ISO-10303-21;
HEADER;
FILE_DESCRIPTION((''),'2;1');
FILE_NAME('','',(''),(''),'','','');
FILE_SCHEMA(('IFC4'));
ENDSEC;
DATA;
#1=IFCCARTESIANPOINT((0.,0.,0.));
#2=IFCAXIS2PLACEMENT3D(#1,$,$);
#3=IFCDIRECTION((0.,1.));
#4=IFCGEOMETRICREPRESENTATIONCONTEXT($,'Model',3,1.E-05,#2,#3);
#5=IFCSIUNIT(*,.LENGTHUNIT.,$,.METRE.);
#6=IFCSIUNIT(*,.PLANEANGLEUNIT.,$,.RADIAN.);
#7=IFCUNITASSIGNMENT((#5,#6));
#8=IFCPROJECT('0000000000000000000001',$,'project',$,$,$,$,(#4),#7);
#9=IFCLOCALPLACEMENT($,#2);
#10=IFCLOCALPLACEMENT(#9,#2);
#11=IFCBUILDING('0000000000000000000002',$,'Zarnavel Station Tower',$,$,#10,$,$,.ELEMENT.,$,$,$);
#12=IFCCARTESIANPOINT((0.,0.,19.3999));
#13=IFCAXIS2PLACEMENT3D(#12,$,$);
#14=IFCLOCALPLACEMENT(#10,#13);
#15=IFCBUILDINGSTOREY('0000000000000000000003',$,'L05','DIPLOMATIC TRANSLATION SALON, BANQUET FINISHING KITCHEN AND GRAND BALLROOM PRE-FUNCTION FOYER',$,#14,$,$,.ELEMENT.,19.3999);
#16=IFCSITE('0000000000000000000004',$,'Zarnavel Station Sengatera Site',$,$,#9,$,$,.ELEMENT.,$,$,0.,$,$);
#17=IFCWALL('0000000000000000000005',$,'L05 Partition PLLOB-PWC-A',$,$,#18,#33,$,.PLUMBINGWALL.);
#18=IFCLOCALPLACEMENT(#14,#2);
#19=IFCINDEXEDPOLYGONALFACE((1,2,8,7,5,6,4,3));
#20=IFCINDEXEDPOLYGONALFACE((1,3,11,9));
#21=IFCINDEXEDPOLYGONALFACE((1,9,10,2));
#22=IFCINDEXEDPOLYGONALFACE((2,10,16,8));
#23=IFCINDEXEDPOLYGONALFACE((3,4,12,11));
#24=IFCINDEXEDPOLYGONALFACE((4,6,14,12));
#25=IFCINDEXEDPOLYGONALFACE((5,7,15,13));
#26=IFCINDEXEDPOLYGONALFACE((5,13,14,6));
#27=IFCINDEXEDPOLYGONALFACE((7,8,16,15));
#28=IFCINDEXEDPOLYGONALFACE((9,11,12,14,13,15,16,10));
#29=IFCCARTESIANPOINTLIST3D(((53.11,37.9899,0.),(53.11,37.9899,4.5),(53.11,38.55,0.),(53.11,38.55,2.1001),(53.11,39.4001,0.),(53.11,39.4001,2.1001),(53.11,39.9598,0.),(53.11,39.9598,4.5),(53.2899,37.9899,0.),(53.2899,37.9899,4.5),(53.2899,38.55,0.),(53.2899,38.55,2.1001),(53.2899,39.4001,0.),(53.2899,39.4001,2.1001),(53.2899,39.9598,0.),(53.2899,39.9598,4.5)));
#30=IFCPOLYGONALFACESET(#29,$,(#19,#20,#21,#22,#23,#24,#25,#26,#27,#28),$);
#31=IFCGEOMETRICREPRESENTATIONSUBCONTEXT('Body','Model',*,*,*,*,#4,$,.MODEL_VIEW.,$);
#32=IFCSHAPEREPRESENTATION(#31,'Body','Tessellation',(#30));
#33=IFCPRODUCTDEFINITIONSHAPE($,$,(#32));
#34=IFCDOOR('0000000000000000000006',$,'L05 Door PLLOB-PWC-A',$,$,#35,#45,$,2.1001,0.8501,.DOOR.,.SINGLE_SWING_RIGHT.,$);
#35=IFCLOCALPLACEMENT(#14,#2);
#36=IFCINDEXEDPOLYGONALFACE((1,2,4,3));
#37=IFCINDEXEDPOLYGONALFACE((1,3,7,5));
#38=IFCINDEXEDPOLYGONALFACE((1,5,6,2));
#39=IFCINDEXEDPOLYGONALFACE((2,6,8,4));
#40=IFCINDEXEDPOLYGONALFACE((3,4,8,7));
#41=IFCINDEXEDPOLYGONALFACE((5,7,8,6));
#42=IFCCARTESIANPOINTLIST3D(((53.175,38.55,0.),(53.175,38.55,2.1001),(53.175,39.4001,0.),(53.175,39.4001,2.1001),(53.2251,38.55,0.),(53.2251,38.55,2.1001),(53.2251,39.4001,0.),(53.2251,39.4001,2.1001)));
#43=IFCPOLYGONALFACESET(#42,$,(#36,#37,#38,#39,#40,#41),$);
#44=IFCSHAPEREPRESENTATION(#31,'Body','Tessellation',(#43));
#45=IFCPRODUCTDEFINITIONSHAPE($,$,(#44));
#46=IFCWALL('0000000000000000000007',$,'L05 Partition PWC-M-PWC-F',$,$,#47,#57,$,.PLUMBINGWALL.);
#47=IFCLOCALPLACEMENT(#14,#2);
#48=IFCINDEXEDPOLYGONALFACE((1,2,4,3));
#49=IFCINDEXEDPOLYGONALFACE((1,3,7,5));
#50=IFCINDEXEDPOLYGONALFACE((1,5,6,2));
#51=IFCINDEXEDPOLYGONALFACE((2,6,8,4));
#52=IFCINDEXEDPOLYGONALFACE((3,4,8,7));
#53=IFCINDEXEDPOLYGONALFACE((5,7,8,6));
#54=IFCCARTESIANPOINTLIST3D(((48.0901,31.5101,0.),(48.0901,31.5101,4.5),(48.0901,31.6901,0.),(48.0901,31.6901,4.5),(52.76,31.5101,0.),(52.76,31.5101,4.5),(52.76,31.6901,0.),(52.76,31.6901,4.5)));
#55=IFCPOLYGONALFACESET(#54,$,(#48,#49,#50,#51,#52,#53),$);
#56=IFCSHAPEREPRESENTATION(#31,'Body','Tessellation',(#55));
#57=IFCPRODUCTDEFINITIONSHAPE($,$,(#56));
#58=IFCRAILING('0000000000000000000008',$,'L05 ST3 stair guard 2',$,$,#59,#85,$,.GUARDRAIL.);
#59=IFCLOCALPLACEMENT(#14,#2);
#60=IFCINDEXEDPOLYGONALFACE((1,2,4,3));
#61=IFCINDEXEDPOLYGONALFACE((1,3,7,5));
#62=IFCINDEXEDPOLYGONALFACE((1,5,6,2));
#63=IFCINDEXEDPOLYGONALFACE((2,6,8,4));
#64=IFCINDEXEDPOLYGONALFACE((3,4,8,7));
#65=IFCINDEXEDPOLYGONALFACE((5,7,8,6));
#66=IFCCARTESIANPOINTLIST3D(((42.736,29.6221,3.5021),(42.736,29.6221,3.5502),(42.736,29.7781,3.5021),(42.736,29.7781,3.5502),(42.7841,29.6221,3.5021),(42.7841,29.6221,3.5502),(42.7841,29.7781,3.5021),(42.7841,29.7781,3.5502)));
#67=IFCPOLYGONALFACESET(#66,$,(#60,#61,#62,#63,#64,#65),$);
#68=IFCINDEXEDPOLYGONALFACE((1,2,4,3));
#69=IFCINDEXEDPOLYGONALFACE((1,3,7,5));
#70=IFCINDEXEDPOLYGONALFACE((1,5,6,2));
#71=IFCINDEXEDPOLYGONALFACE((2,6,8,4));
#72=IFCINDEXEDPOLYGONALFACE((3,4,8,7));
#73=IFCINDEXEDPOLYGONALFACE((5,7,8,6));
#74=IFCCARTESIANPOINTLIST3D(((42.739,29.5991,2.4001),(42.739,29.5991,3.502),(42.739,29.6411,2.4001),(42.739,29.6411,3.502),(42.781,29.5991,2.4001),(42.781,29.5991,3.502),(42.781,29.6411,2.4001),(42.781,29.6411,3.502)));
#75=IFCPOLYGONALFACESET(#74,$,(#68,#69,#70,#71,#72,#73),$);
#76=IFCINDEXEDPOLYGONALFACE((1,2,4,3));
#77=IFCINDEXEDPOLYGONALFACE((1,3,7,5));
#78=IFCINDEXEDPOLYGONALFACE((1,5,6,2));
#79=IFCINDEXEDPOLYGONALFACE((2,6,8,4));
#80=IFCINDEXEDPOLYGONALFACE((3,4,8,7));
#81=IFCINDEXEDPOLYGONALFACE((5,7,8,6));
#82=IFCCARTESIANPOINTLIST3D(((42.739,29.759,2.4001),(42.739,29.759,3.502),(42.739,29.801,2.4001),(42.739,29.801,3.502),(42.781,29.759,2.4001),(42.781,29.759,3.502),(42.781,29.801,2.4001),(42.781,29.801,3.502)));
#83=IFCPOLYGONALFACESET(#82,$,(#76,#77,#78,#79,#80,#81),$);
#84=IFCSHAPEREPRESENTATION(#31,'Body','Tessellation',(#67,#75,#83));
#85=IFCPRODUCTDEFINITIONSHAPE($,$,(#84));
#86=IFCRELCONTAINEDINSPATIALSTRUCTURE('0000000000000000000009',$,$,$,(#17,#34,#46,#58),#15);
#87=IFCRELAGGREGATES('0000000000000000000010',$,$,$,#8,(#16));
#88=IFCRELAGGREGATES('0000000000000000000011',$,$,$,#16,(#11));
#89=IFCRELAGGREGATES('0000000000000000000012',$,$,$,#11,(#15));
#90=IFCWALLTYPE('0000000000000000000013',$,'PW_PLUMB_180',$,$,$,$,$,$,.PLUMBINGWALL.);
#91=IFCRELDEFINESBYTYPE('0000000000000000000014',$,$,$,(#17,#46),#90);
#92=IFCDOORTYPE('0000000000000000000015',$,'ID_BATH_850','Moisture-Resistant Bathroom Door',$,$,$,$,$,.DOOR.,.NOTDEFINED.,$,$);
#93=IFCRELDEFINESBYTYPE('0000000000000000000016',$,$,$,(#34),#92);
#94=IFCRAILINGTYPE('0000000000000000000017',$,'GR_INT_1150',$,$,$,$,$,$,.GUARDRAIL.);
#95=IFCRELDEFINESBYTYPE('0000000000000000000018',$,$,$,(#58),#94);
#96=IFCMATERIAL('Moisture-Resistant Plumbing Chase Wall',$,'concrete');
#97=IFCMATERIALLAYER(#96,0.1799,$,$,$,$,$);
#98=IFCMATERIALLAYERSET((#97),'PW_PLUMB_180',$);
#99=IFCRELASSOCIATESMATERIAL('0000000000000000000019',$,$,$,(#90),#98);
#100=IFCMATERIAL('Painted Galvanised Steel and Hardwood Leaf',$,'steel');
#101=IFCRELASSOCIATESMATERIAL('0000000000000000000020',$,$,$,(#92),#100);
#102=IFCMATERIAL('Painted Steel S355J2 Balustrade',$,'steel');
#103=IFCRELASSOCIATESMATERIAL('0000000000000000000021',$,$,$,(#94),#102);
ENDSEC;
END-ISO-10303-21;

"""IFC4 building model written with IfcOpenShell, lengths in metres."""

from ifc_helpers import new_model, si_unit, direction, frame, frame_2d, origin, origin_2d, place, context, subcontext, project, spatial, rectangle, extrude, material, layer, layer_set, type_object, element, fill, save


model = new_model("IFC4")

# Units and contexts
model_context = context("Model", 3, precision=1e-05, world=origin(), true_north=direction((0.0, 1.0)))
body_context = subcontext(model_context, "Body", "Model", "MODEL_VIEW")
ifc_project = project(units=[si_unit("LENGTHUNIT", "METRE"), si_unit("PLANEANGLEUNIT", "RADIAN")], contexts=[model_context])

# Site, building, storey
site_placement = place(None, origin())
site = spatial("IfcSite", under=ifc_project, at=site_placement, Name="Zarnavel Station Sengatera Site", CompositionType="ELEMENT", RefElevation=0.0)
building_placement = place(site_placement, origin())
building = spatial("IfcBuilding", under=site, at=building_placement, Name="Zarnavel Station Tower", CompositionType="ELEMENT")
storey_placement = place(building_placement, frame((0.0, 0.0, 19.3999)))
storey = spatial("IfcBuildingStorey", under=building, at=storey_placement, Name="L05", Description="DIPLOMATIC TRANSLATION SALON, BANQUET FINISHING KITCHEN AND GRAND BALLROOM PRE-FUNCTION FOYER", CompositionType="ELEMENT", Elevation=19.3999)

# Wall, opening, door
ifc_material_1 = material(Name="Moisture-Resistant Plumbing Chase Wall", Category="concrete")
ifc_layer_1 = layer(ifc_material_1, 0.1799)
ifc_layer_set_1 = layer_set([ifc_layer_1], Name="PW_PLUMB_180")
wall_type_1 = type_object("IfcWallType", Name="PW_PLUMB_180", PredefinedType="PLUMBINGWALL", material=ifc_layer_set_1)
ifc_material_2 = material(Name="Painted Galvanised Steel and Hardwood Leaf", Category="steel")
door_type_1 = type_object("IfcDoorType", Name="ID_BATH_850", Description="Moisture-Resistant Bathroom Door", OperationType="NOTDEFINED", PredefinedType="DOOR", material=ifc_material_2)
wall_1_placement = place(storey_placement, frame((53.2, 37.99, 0.0), z_axis=(0.0, 0.0, 1.0), x_axis=(0.0, 1.0, 0.0)))
wall_1 = element("IfcWall", 1, at=wall_1_placement, inside=storey, type_object=wall_type_1, Name="L05 Partition PLLOB-PWC-A", PredefinedType="PLUMBINGWALL", context=body_context, shape_type="SweptSolid", body=[
    extrude(rectangle(XDim=1.97, YDim=0.1799, at=frame_2d((0.9849, 0.0))), origin(), (0.0, 0.0, 1.0), 4.5),
])
opening_1_placement = place(wall_1_placement, frame((0.5601, 0.0, 0.0)))
opening_1 = element("IfcOpeningElement", 2, at=opening_1_placement, cuts=wall_1, PredefinedType="OPENING", context=body_context, shape_type="SweptSolid", body=[
    extrude(rectangle(XDim=0.8501, YDim=2.1001, at=frame_2d((0.425, 1.05))), frame((0.0, 0.0999, 0.0), z_axis=(0.0, -1.0, 0.0), x_axis=(1.0, 0.0, 0.0)), (0.0, 0.0, 1.0), 0.2),
])
door_1_placement = place(opening_1_placement, origin())
door_1 = element("IfcDoor", 3, at=door_1_placement, inside=storey, type_object=door_type_1, Name="L05 Door PLLOB-PWC-A", OperationType="SINGLE_SWING_RIGHT", OverallHeight=2.1001, OverallWidth=0.8501, PredefinedType="DOOR", context=body_context, shape_type="SweptSolid", body=[
    extrude(rectangle(XDim=0.8501, YDim=2.1001, at=frame_2d((0.425, 1.05))), frame((0.0, 0.0249, 0.0), z_axis=(0.0, -1.0, 0.0), x_axis=(1.0, 0.0, 0.0)), (0.0, 0.0, 1.0), 0.05),
])
fill(opening_1, door_1)

# Wall
wall_2_placement = place(storey_placement, frame((48.0901, 31.6001, 0.0), z_axis=(0.0, 0.0, 1.0), x_axis=(1.0, 0.0, 0.0)))
element("IfcWall", 4, at=wall_2_placement, inside=storey, type_object=wall_type_1, Name="L05 Partition PWC-M-PWC-F", PredefinedType="PLUMBINGWALL", context=body_context, shape_type="SweptSolid", body=[
    extrude(rectangle(XDim=4.6699, YDim=0.1799, at=frame_2d((2.335, 0.0))), origin(), (0.0, 0.0, 1.0), 4.5),
])

# Railing
ifc_material_3 = material(Name="Painted Steel S355J2 Balustrade", Category="steel")
railing_type = type_object("IfcRailingType", Name="GR_INT_1150", PredefinedType="GUARDRAIL", material=ifc_material_3)
railing_placement = place(storey_placement, frame((42.76, 29.6201, 2.4001)))
element("IfcRailing", 5, at=railing_placement, inside=storey, type_object=railing_type, Name="L05 ST3 stair guard 2", PredefinedType="GUARDRAIL", context=body_context, shape_type="SweptSolid", body=[
    extrude(rectangle(XDim=0.0481, YDim=0.0481, at=origin_2d()), frame((0.0, 0.002, 1.126), z_axis=(0.0, 1.0, 0.0), x_axis=(-1.0, 0.0, 0.0)), (0.0, 0.0, 1.0), 0.156),
    extrude(rectangle(XDim=0.042, YDim=0.042, at=origin_2d()), origin(), (0.0, 0.0, 1.0), 1.1018),
    extrude(rectangle(XDim=0.042, YDim=0.042, at=origin_2d()), frame((0.0, 0.1599, 0.0)), (0.0, 0.0, 1.0), 1.1018),
])

save(model, "model.ifc")
